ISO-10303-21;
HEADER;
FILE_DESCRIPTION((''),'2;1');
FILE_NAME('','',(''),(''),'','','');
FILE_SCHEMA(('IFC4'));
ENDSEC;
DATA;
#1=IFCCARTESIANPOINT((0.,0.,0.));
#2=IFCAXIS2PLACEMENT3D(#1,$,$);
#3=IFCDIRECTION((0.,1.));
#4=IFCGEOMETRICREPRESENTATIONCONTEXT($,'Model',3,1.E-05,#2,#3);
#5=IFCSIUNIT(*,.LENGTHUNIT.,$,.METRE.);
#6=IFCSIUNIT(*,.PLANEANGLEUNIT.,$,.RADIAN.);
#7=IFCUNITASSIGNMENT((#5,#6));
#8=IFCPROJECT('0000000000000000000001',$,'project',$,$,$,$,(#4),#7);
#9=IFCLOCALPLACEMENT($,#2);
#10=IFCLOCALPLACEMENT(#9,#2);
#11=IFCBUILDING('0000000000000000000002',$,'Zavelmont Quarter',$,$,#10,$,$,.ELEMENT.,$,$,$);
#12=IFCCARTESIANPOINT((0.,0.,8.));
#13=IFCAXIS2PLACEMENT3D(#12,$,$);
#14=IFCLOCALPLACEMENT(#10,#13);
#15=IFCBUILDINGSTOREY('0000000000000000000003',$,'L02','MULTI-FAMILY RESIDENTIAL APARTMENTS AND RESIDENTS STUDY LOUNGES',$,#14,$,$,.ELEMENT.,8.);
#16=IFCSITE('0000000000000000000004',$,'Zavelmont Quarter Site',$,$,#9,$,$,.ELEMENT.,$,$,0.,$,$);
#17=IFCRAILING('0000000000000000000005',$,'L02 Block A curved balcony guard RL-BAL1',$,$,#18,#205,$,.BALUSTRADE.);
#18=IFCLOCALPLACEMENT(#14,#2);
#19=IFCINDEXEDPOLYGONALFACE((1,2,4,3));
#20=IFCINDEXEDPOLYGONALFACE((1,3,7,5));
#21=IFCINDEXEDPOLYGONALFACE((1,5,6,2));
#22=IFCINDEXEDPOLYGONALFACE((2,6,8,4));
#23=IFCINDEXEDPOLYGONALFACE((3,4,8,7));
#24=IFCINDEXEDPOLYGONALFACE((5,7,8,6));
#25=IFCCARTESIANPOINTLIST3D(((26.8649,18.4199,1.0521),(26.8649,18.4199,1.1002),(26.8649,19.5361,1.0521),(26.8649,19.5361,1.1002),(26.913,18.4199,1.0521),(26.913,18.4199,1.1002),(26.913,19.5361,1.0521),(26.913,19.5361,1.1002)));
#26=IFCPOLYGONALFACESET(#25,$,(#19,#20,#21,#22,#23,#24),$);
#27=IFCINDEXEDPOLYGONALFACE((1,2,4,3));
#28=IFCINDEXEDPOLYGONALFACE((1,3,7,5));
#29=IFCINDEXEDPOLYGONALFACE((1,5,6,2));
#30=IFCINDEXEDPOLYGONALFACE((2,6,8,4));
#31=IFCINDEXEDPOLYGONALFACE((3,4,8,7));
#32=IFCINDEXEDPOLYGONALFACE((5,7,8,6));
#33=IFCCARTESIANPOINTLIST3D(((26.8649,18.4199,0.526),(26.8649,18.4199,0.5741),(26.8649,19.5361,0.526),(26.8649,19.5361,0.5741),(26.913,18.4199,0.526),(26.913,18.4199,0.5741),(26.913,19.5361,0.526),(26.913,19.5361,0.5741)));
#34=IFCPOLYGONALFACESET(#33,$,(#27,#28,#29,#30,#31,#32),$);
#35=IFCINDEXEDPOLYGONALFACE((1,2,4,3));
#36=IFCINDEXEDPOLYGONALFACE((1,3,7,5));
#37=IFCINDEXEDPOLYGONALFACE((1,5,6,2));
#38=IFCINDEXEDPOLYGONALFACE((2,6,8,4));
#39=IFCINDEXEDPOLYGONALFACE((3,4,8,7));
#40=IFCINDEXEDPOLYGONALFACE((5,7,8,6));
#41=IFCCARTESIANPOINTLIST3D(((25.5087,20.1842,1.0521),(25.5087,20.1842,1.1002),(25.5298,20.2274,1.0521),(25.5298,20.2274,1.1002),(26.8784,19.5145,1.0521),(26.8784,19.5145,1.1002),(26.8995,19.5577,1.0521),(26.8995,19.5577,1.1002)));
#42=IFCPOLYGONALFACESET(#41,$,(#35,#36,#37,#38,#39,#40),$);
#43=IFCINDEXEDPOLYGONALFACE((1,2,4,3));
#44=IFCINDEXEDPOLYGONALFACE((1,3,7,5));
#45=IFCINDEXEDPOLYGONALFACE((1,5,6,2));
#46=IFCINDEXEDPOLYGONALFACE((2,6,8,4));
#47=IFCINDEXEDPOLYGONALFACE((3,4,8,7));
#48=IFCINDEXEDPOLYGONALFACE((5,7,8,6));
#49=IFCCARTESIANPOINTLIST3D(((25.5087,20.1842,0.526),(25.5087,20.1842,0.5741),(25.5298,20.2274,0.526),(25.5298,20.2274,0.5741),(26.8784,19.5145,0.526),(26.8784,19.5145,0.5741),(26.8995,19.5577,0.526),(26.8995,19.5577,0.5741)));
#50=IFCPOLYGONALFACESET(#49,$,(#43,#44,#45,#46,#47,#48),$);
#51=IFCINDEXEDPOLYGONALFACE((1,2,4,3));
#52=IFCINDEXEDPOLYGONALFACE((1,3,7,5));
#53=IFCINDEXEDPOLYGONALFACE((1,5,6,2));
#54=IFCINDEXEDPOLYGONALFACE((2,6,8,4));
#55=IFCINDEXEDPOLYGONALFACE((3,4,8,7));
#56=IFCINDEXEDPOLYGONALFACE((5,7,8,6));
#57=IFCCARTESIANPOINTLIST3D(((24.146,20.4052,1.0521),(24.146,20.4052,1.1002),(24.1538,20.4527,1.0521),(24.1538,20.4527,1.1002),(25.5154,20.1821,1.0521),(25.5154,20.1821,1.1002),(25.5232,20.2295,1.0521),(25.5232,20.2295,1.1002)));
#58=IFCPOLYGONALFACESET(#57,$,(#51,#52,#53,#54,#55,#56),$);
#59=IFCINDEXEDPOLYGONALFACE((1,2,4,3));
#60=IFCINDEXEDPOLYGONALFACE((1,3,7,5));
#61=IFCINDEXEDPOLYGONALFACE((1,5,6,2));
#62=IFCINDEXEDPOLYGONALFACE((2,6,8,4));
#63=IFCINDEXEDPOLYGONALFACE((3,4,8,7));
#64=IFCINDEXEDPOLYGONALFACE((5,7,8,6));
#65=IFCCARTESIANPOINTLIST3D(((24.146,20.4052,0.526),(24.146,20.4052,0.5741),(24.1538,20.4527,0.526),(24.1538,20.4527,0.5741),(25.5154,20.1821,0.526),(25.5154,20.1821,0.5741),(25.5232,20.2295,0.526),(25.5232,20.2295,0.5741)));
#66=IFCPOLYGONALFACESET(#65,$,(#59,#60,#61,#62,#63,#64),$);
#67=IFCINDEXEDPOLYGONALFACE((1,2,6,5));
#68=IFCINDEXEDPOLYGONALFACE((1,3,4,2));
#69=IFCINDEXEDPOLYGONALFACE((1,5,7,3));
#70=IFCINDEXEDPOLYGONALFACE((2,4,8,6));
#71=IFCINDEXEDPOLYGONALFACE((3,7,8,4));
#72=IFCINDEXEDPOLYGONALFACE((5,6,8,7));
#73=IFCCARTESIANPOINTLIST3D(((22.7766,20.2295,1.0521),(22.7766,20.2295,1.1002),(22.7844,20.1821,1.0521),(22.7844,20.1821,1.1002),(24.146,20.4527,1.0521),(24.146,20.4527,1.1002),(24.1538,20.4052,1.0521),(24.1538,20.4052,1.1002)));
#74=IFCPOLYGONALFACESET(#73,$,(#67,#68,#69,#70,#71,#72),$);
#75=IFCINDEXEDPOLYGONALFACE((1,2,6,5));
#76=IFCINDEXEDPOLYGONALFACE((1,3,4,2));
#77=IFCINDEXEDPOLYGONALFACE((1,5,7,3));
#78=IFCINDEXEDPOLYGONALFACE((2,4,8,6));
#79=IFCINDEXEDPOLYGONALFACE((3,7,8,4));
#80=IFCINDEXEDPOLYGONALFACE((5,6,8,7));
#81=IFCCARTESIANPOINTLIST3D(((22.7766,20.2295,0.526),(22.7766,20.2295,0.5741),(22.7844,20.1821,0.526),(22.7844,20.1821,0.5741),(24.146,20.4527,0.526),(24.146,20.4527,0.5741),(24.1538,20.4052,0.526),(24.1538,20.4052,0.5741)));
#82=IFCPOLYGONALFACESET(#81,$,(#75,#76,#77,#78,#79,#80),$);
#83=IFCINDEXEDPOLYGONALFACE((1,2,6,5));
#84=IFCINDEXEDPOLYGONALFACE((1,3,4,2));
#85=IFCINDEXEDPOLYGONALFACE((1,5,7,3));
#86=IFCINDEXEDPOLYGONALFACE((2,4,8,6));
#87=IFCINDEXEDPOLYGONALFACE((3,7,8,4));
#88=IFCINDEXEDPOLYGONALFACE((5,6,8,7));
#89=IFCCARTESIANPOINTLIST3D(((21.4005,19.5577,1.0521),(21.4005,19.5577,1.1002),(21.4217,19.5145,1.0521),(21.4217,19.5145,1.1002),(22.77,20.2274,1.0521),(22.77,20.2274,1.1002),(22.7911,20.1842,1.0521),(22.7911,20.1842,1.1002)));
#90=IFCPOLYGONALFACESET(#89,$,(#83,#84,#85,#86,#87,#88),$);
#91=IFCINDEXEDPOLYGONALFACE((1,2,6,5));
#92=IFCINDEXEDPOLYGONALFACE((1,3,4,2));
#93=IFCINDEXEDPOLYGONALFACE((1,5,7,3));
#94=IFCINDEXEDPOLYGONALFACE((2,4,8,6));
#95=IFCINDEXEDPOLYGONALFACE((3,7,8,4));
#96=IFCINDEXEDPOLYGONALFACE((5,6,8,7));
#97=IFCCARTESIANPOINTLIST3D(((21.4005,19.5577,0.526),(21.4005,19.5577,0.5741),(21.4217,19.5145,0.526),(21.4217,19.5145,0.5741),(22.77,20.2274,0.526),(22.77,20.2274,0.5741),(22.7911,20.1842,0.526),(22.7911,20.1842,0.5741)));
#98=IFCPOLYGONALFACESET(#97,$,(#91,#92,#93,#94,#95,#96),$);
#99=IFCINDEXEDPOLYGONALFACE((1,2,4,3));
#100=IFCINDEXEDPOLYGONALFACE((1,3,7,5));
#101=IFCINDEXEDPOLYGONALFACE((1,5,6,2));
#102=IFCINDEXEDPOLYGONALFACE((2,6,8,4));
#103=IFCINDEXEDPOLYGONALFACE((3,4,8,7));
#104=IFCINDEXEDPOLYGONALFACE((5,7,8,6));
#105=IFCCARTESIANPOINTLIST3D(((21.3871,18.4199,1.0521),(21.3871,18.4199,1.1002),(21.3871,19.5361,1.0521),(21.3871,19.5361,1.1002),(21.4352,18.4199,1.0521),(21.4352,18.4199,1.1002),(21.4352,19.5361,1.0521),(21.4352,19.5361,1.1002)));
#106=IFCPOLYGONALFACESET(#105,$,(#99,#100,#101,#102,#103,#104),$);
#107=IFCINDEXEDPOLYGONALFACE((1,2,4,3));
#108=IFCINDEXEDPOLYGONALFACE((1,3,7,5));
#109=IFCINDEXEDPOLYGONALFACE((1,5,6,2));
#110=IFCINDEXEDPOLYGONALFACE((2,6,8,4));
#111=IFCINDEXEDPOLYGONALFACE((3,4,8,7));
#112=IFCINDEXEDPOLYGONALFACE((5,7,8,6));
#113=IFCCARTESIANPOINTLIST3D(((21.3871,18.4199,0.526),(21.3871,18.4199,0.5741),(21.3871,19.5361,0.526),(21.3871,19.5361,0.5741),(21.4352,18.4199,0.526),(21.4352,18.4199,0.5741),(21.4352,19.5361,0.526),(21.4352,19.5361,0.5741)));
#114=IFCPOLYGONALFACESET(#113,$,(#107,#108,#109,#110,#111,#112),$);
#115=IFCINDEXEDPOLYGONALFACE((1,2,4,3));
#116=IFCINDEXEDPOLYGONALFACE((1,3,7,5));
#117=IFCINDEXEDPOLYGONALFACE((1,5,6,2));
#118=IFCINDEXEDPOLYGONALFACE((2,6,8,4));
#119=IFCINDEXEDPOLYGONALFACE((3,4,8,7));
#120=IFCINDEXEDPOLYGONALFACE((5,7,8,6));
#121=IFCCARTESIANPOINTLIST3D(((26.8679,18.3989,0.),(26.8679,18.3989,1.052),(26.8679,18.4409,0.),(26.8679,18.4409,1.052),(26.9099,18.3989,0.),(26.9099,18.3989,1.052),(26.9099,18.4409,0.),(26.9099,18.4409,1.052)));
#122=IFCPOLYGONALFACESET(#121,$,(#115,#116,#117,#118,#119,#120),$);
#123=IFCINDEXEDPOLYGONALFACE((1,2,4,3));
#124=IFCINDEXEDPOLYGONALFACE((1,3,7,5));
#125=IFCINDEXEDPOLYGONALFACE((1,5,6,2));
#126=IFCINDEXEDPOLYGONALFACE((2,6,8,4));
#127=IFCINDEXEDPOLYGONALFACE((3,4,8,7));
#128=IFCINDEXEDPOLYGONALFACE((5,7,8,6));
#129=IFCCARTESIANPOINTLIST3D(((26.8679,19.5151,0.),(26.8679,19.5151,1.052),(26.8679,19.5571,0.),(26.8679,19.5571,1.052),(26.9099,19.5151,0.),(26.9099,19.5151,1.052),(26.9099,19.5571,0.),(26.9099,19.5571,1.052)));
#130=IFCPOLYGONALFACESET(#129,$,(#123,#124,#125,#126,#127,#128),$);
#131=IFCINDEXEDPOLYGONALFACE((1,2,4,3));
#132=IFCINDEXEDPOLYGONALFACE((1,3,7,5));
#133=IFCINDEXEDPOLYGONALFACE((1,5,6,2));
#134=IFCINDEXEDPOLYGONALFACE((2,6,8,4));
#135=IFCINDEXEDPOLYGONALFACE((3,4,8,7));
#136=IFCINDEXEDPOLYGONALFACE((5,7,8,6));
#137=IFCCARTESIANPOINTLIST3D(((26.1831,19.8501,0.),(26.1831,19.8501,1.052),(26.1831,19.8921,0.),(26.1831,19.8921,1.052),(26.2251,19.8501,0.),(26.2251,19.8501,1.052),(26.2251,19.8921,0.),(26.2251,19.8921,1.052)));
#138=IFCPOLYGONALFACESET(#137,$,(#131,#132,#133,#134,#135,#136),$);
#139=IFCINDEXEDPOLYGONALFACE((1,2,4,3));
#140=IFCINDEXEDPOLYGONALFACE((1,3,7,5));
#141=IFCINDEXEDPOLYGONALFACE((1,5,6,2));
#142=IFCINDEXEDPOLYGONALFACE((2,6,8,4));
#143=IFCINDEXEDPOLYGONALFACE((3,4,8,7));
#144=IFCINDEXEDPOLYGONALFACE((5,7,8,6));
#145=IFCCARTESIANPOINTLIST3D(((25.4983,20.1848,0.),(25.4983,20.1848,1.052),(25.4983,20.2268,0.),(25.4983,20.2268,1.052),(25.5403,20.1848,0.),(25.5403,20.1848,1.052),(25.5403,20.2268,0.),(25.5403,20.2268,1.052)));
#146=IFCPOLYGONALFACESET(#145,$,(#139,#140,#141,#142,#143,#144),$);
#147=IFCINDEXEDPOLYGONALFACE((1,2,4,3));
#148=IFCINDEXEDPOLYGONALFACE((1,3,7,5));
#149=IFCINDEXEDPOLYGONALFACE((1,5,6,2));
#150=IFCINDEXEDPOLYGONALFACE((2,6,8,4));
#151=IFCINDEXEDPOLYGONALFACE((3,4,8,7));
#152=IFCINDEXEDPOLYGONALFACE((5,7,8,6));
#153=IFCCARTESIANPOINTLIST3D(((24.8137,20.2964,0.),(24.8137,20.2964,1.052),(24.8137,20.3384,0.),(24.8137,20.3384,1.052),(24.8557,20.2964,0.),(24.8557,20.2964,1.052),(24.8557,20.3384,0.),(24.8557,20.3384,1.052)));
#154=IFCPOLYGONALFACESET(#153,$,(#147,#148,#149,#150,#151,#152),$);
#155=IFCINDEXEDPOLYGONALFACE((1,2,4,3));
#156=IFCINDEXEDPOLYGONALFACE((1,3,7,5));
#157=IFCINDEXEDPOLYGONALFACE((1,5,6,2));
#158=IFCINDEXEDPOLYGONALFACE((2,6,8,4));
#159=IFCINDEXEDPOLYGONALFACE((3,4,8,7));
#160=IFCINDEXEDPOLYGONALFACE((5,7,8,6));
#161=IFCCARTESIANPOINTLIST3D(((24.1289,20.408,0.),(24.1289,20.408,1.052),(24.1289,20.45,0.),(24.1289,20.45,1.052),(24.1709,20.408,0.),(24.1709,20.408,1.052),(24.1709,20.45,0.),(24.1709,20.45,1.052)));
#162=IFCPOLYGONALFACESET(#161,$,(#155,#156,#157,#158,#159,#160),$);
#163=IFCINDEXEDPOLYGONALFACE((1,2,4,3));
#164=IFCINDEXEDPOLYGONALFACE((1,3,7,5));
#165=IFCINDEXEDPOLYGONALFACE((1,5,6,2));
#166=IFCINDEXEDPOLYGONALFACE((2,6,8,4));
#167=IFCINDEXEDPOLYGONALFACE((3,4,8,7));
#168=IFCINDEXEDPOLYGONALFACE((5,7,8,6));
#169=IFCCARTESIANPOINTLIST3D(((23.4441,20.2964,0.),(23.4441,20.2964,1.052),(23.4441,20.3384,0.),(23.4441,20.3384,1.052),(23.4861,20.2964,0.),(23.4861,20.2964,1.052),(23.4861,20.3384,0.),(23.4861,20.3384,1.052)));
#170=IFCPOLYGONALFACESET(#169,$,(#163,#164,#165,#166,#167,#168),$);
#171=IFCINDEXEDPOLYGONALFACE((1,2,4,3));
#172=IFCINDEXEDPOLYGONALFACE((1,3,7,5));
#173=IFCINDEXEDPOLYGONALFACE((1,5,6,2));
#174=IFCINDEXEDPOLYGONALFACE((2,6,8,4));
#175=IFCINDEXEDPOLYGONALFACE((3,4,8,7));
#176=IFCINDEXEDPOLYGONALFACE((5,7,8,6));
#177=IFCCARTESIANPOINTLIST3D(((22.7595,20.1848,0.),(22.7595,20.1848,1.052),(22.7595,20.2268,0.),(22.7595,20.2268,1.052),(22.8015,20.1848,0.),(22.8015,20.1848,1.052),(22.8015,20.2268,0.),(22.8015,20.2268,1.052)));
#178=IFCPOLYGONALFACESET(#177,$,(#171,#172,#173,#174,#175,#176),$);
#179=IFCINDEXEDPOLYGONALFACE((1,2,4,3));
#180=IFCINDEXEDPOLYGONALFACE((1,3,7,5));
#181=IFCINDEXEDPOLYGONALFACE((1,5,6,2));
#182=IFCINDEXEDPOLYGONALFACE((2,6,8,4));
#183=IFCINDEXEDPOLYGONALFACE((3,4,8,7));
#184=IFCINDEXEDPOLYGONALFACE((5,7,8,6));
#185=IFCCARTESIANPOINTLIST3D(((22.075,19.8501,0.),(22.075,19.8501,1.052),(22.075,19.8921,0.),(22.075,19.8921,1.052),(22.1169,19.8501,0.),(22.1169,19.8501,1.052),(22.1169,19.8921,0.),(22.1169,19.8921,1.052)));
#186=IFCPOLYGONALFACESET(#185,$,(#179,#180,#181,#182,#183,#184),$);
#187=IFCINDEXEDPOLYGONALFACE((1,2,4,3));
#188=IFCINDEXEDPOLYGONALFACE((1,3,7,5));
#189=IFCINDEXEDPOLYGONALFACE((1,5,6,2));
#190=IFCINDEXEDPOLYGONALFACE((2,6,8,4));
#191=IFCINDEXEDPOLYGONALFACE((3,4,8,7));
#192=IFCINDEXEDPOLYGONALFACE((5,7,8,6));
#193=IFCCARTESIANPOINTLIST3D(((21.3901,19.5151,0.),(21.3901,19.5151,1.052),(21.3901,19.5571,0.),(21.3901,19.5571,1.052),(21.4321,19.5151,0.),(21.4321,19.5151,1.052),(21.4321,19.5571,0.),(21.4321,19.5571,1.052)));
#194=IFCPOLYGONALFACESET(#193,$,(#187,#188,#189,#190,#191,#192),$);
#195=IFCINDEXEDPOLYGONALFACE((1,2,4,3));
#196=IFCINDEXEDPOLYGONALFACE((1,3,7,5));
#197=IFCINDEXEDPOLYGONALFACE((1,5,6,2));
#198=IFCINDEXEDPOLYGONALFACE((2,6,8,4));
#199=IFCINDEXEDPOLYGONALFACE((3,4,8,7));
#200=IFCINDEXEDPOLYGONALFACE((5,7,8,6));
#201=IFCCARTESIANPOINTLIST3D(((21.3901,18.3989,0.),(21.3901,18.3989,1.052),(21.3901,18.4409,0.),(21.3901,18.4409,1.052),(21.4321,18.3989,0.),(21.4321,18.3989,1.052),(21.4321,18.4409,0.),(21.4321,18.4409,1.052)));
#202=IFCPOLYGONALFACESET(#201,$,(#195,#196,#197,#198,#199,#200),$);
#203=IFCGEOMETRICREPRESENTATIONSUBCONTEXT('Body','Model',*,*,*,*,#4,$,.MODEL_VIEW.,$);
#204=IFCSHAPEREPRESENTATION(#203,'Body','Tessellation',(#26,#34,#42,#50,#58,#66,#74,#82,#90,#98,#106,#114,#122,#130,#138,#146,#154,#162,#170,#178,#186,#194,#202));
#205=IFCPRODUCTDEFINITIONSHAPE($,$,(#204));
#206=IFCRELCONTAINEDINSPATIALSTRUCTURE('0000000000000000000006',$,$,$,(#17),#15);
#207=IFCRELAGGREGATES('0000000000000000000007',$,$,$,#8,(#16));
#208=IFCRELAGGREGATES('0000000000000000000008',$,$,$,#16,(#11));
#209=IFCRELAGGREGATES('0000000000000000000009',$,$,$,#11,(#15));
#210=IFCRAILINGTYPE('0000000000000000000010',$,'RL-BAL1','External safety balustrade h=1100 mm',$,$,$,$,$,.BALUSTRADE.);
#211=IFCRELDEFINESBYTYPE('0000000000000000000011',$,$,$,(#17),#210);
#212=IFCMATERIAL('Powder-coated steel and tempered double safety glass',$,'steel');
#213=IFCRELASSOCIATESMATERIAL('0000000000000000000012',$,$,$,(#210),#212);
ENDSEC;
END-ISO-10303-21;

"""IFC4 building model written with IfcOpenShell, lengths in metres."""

from ifc_helpers import new_model, si_unit, direction, frame, origin, origin_2d, place, context, subcontext, project, spatial, rectangle, extrude, material, type_object, element, save


model = new_model("IFC4")

# Units and contexts
model_context = context("Model", 3, precision=1e-05, world=origin(), true_north=direction((0.0, 1.0)))
body_context = subcontext(model_context, "Body", "Model", "MODEL_VIEW")
ifc_project = project(units=[si_unit("LENGTHUNIT", "METRE"), si_unit("PLANEANGLEUNIT", "RADIAN")], contexts=[model_context])

# Site, building, storey
site_placement = place(None, origin())
site = spatial("IfcSite", under=ifc_project, at=site_placement, Name="Zavelmont Quarter Site", CompositionType="ELEMENT", RefElevation=0.0)
building_placement = place(site_placement, origin())
building = spatial("IfcBuilding", under=site, at=building_placement, Name="Zavelmont Quarter", CompositionType="ELEMENT")
storey_placement = place(building_placement, frame((0.0, 0.0, 8.0)))
storey = spatial("IfcBuildingStorey", under=building, at=storey_placement, Name="L02", Description="MULTI-FAMILY RESIDENTIAL APARTMENTS AND RESIDENTS STUDY LOUNGES", CompositionType="ELEMENT", Elevation=8.0)

# Railing
ifc_material_1 = material(Name="Powder-coated steel and tempered double safety glass", Category="steel")
railing_type = type_object("IfcRailingType", Name="RL-BAL1", Description="External safety balustrade h=1100 mm", PredefinedType="BALUSTRADE", material=ifc_material_1)
railing_placement = place(storey_placement, frame((26.8889, 18.4199, 0.0)))
element("IfcRailing", 1, at=railing_placement, inside=storey, type_object=railing_type, Name="L02 Block A curved balcony guard RL-BAL1", PredefinedType="BALUSTRADE", context=body_context, shape_type="SweptSolid", body=[
    extrude(rectangle(XDim=0.0481, YDim=0.0481, at=origin_2d()), frame((0.0, 0.0, 1.0762), z_axis=(0.0, 1.0, 0.0), x_axis=(-1.0, 0.0, 0.0)), (0.0, 0.0, 1.0), 1.1162),
    extrude(rectangle(XDim=0.0481, YDim=0.0481, at=origin_2d()), frame((0.0, 0.0, 0.55), z_axis=(0.0, 1.0, 0.0), x_axis=(-1.0, 0.0, 0.0)), (0.0, 0.0, 1.0), 1.1162),
    extrude(rectangle(XDim=0.0481, YDim=0.0481, at=origin_2d()), frame((0.0, 1.1162, 1.0762), z_axis=(-0.898363, 0.439253, 0.0), x_axis=(-0.439253, -0.898363, 0.0)), (0.0, 0.0, 1.0), 1.5247),
    extrude(rectangle(XDim=0.0481, YDim=0.0481, at=origin_2d()), frame((0.0, 1.1162, 0.55), z_axis=(-0.898363, 0.439253, 0.0), x_axis=(-0.439253, -0.898363, 0.0)), (0.0, 0.0, 1.0), 1.5247),
    extrude(rectangle(XDim=0.0481, YDim=0.0481, at=origin_2d()), frame((-1.3696, 1.7859, 1.0762), z_axis=(-0.986982, 0.160831, 0.0), x_axis=(-0.160831, -0.986982, 0.0)), (0.0, 0.0, 1.0), 1.3875),
    extrude(rectangle(XDim=0.0481, YDim=0.0481, at=origin_2d()), frame((-1.3696, 1.7859, 0.55), z_axis=(-0.986982, 0.160831, 0.0), x_axis=(-0.160831, -0.986982, 0.0)), (0.0, 0.0, 1.0), 1.3875),
    extrude(rectangle(XDim=0.0481, YDim=0.0481, at=origin_2d()), frame((-2.739, 2.009, 1.0762), z_axis=(-0.986982, -0.160831, 0.0), x_axis=(0.160831, -0.986982, 0.0)), (0.0, 0.0, 1.0), 1.3875),
    extrude(rectangle(XDim=0.0481, YDim=0.0481, at=origin_2d()), frame((-2.739, 2.009, 0.55), z_axis=(-0.986982, -0.160831, 0.0), x_axis=(0.160831, -0.986982, 0.0)), (0.0, 0.0, 1.0), 1.3875),
    extrude(rectangle(XDim=0.0481, YDim=0.0481, at=origin_2d()), frame((-4.1084, 1.7859, 1.0762), z_axis=(-0.898332, -0.439316, 0.0), x_axis=(0.439316, -0.898332, 0.0)), (0.0, 0.0, 1.0), 1.5244),
    extrude(rectangle(XDim=0.0481, YDim=0.0481, at=origin_2d()), frame((-4.1084, 1.7859, 0.55), z_axis=(-0.898332, -0.439316, 0.0), x_axis=(0.439316, -0.898332, 0.0)), (0.0, 0.0, 1.0), 1.5244),
    extrude(rectangle(XDim=0.0481, YDim=0.0481, at=origin_2d()), frame((-5.4778, 1.1162, 1.0762), z_axis=(0.0, -1.0, 0.0), x_axis=(1.0, 0.0, 0.0)), (0.0, 0.0, 1.0), 1.1162),
    extrude(rectangle(XDim=0.0481, YDim=0.0481, at=origin_2d()), frame((-5.4778, 1.1162, 0.55), z_axis=(0.0, -1.0, 0.0), x_axis=(1.0, 0.0, 0.0)), (0.0, 0.0, 1.0), 1.1162),
    extrude(rectangle(XDim=0.042, YDim=0.042, at=origin_2d()), origin(), (0.0, 0.0, 1.0), 1.052),
    extrude(rectangle(XDim=0.042, YDim=0.042, at=origin_2d()), frame((0.0, 1.1162, 0.0)), (0.0, 0.0, 1.0), 1.052),
    extrude(rectangle(XDim=0.042, YDim=0.042, at=origin_2d()), frame((-0.6848, 1.4512, 0.0)), (0.0, 0.0, 1.0), 1.052),
    extrude(rectangle(XDim=0.042, YDim=0.042, at=origin_2d()), frame((-1.3696, 1.7859, 0.0)), (0.0, 0.0, 1.0), 1.052),
    extrude(rectangle(XDim=0.042, YDim=0.042, at=origin_2d()), frame((-2.0542, 1.8975, 0.0)), (0.0, 0.0, 1.0), 1.052),
    extrude(rectangle(XDim=0.042, YDim=0.042, at=origin_2d()), frame((-2.739, 2.009, 0.0)), (0.0, 0.0, 1.0), 1.052),
    extrude(rectangle(XDim=0.042, YDim=0.042, at=origin_2d()), frame((-3.4238, 1.8975, 0.0)), (0.0, 0.0, 1.0), 1.052),
    extrude(rectangle(XDim=0.042, YDim=0.042, at=origin_2d()), frame((-4.1084, 1.7859, 0.0)), (0.0, 0.0, 1.0), 1.052),
    extrude(rectangle(XDim=0.042, YDim=0.042, at=origin_2d()), frame((-4.793, 1.4512, 0.0)), (0.0, 0.0, 1.0), 1.052),
    extrude(rectangle(XDim=0.042, YDim=0.042, at=origin_2d()), frame((-5.4778, 1.1162, 0.0)), (0.0, 0.0, 1.0), 1.052),
    extrude(rectangle(XDim=0.042, YDim=0.042, at=origin_2d()), frame((-5.4778, 0.0, 0.0)), (0.0, 0.0, 1.0), 1.052),
])

save(model, "model.ifc")
